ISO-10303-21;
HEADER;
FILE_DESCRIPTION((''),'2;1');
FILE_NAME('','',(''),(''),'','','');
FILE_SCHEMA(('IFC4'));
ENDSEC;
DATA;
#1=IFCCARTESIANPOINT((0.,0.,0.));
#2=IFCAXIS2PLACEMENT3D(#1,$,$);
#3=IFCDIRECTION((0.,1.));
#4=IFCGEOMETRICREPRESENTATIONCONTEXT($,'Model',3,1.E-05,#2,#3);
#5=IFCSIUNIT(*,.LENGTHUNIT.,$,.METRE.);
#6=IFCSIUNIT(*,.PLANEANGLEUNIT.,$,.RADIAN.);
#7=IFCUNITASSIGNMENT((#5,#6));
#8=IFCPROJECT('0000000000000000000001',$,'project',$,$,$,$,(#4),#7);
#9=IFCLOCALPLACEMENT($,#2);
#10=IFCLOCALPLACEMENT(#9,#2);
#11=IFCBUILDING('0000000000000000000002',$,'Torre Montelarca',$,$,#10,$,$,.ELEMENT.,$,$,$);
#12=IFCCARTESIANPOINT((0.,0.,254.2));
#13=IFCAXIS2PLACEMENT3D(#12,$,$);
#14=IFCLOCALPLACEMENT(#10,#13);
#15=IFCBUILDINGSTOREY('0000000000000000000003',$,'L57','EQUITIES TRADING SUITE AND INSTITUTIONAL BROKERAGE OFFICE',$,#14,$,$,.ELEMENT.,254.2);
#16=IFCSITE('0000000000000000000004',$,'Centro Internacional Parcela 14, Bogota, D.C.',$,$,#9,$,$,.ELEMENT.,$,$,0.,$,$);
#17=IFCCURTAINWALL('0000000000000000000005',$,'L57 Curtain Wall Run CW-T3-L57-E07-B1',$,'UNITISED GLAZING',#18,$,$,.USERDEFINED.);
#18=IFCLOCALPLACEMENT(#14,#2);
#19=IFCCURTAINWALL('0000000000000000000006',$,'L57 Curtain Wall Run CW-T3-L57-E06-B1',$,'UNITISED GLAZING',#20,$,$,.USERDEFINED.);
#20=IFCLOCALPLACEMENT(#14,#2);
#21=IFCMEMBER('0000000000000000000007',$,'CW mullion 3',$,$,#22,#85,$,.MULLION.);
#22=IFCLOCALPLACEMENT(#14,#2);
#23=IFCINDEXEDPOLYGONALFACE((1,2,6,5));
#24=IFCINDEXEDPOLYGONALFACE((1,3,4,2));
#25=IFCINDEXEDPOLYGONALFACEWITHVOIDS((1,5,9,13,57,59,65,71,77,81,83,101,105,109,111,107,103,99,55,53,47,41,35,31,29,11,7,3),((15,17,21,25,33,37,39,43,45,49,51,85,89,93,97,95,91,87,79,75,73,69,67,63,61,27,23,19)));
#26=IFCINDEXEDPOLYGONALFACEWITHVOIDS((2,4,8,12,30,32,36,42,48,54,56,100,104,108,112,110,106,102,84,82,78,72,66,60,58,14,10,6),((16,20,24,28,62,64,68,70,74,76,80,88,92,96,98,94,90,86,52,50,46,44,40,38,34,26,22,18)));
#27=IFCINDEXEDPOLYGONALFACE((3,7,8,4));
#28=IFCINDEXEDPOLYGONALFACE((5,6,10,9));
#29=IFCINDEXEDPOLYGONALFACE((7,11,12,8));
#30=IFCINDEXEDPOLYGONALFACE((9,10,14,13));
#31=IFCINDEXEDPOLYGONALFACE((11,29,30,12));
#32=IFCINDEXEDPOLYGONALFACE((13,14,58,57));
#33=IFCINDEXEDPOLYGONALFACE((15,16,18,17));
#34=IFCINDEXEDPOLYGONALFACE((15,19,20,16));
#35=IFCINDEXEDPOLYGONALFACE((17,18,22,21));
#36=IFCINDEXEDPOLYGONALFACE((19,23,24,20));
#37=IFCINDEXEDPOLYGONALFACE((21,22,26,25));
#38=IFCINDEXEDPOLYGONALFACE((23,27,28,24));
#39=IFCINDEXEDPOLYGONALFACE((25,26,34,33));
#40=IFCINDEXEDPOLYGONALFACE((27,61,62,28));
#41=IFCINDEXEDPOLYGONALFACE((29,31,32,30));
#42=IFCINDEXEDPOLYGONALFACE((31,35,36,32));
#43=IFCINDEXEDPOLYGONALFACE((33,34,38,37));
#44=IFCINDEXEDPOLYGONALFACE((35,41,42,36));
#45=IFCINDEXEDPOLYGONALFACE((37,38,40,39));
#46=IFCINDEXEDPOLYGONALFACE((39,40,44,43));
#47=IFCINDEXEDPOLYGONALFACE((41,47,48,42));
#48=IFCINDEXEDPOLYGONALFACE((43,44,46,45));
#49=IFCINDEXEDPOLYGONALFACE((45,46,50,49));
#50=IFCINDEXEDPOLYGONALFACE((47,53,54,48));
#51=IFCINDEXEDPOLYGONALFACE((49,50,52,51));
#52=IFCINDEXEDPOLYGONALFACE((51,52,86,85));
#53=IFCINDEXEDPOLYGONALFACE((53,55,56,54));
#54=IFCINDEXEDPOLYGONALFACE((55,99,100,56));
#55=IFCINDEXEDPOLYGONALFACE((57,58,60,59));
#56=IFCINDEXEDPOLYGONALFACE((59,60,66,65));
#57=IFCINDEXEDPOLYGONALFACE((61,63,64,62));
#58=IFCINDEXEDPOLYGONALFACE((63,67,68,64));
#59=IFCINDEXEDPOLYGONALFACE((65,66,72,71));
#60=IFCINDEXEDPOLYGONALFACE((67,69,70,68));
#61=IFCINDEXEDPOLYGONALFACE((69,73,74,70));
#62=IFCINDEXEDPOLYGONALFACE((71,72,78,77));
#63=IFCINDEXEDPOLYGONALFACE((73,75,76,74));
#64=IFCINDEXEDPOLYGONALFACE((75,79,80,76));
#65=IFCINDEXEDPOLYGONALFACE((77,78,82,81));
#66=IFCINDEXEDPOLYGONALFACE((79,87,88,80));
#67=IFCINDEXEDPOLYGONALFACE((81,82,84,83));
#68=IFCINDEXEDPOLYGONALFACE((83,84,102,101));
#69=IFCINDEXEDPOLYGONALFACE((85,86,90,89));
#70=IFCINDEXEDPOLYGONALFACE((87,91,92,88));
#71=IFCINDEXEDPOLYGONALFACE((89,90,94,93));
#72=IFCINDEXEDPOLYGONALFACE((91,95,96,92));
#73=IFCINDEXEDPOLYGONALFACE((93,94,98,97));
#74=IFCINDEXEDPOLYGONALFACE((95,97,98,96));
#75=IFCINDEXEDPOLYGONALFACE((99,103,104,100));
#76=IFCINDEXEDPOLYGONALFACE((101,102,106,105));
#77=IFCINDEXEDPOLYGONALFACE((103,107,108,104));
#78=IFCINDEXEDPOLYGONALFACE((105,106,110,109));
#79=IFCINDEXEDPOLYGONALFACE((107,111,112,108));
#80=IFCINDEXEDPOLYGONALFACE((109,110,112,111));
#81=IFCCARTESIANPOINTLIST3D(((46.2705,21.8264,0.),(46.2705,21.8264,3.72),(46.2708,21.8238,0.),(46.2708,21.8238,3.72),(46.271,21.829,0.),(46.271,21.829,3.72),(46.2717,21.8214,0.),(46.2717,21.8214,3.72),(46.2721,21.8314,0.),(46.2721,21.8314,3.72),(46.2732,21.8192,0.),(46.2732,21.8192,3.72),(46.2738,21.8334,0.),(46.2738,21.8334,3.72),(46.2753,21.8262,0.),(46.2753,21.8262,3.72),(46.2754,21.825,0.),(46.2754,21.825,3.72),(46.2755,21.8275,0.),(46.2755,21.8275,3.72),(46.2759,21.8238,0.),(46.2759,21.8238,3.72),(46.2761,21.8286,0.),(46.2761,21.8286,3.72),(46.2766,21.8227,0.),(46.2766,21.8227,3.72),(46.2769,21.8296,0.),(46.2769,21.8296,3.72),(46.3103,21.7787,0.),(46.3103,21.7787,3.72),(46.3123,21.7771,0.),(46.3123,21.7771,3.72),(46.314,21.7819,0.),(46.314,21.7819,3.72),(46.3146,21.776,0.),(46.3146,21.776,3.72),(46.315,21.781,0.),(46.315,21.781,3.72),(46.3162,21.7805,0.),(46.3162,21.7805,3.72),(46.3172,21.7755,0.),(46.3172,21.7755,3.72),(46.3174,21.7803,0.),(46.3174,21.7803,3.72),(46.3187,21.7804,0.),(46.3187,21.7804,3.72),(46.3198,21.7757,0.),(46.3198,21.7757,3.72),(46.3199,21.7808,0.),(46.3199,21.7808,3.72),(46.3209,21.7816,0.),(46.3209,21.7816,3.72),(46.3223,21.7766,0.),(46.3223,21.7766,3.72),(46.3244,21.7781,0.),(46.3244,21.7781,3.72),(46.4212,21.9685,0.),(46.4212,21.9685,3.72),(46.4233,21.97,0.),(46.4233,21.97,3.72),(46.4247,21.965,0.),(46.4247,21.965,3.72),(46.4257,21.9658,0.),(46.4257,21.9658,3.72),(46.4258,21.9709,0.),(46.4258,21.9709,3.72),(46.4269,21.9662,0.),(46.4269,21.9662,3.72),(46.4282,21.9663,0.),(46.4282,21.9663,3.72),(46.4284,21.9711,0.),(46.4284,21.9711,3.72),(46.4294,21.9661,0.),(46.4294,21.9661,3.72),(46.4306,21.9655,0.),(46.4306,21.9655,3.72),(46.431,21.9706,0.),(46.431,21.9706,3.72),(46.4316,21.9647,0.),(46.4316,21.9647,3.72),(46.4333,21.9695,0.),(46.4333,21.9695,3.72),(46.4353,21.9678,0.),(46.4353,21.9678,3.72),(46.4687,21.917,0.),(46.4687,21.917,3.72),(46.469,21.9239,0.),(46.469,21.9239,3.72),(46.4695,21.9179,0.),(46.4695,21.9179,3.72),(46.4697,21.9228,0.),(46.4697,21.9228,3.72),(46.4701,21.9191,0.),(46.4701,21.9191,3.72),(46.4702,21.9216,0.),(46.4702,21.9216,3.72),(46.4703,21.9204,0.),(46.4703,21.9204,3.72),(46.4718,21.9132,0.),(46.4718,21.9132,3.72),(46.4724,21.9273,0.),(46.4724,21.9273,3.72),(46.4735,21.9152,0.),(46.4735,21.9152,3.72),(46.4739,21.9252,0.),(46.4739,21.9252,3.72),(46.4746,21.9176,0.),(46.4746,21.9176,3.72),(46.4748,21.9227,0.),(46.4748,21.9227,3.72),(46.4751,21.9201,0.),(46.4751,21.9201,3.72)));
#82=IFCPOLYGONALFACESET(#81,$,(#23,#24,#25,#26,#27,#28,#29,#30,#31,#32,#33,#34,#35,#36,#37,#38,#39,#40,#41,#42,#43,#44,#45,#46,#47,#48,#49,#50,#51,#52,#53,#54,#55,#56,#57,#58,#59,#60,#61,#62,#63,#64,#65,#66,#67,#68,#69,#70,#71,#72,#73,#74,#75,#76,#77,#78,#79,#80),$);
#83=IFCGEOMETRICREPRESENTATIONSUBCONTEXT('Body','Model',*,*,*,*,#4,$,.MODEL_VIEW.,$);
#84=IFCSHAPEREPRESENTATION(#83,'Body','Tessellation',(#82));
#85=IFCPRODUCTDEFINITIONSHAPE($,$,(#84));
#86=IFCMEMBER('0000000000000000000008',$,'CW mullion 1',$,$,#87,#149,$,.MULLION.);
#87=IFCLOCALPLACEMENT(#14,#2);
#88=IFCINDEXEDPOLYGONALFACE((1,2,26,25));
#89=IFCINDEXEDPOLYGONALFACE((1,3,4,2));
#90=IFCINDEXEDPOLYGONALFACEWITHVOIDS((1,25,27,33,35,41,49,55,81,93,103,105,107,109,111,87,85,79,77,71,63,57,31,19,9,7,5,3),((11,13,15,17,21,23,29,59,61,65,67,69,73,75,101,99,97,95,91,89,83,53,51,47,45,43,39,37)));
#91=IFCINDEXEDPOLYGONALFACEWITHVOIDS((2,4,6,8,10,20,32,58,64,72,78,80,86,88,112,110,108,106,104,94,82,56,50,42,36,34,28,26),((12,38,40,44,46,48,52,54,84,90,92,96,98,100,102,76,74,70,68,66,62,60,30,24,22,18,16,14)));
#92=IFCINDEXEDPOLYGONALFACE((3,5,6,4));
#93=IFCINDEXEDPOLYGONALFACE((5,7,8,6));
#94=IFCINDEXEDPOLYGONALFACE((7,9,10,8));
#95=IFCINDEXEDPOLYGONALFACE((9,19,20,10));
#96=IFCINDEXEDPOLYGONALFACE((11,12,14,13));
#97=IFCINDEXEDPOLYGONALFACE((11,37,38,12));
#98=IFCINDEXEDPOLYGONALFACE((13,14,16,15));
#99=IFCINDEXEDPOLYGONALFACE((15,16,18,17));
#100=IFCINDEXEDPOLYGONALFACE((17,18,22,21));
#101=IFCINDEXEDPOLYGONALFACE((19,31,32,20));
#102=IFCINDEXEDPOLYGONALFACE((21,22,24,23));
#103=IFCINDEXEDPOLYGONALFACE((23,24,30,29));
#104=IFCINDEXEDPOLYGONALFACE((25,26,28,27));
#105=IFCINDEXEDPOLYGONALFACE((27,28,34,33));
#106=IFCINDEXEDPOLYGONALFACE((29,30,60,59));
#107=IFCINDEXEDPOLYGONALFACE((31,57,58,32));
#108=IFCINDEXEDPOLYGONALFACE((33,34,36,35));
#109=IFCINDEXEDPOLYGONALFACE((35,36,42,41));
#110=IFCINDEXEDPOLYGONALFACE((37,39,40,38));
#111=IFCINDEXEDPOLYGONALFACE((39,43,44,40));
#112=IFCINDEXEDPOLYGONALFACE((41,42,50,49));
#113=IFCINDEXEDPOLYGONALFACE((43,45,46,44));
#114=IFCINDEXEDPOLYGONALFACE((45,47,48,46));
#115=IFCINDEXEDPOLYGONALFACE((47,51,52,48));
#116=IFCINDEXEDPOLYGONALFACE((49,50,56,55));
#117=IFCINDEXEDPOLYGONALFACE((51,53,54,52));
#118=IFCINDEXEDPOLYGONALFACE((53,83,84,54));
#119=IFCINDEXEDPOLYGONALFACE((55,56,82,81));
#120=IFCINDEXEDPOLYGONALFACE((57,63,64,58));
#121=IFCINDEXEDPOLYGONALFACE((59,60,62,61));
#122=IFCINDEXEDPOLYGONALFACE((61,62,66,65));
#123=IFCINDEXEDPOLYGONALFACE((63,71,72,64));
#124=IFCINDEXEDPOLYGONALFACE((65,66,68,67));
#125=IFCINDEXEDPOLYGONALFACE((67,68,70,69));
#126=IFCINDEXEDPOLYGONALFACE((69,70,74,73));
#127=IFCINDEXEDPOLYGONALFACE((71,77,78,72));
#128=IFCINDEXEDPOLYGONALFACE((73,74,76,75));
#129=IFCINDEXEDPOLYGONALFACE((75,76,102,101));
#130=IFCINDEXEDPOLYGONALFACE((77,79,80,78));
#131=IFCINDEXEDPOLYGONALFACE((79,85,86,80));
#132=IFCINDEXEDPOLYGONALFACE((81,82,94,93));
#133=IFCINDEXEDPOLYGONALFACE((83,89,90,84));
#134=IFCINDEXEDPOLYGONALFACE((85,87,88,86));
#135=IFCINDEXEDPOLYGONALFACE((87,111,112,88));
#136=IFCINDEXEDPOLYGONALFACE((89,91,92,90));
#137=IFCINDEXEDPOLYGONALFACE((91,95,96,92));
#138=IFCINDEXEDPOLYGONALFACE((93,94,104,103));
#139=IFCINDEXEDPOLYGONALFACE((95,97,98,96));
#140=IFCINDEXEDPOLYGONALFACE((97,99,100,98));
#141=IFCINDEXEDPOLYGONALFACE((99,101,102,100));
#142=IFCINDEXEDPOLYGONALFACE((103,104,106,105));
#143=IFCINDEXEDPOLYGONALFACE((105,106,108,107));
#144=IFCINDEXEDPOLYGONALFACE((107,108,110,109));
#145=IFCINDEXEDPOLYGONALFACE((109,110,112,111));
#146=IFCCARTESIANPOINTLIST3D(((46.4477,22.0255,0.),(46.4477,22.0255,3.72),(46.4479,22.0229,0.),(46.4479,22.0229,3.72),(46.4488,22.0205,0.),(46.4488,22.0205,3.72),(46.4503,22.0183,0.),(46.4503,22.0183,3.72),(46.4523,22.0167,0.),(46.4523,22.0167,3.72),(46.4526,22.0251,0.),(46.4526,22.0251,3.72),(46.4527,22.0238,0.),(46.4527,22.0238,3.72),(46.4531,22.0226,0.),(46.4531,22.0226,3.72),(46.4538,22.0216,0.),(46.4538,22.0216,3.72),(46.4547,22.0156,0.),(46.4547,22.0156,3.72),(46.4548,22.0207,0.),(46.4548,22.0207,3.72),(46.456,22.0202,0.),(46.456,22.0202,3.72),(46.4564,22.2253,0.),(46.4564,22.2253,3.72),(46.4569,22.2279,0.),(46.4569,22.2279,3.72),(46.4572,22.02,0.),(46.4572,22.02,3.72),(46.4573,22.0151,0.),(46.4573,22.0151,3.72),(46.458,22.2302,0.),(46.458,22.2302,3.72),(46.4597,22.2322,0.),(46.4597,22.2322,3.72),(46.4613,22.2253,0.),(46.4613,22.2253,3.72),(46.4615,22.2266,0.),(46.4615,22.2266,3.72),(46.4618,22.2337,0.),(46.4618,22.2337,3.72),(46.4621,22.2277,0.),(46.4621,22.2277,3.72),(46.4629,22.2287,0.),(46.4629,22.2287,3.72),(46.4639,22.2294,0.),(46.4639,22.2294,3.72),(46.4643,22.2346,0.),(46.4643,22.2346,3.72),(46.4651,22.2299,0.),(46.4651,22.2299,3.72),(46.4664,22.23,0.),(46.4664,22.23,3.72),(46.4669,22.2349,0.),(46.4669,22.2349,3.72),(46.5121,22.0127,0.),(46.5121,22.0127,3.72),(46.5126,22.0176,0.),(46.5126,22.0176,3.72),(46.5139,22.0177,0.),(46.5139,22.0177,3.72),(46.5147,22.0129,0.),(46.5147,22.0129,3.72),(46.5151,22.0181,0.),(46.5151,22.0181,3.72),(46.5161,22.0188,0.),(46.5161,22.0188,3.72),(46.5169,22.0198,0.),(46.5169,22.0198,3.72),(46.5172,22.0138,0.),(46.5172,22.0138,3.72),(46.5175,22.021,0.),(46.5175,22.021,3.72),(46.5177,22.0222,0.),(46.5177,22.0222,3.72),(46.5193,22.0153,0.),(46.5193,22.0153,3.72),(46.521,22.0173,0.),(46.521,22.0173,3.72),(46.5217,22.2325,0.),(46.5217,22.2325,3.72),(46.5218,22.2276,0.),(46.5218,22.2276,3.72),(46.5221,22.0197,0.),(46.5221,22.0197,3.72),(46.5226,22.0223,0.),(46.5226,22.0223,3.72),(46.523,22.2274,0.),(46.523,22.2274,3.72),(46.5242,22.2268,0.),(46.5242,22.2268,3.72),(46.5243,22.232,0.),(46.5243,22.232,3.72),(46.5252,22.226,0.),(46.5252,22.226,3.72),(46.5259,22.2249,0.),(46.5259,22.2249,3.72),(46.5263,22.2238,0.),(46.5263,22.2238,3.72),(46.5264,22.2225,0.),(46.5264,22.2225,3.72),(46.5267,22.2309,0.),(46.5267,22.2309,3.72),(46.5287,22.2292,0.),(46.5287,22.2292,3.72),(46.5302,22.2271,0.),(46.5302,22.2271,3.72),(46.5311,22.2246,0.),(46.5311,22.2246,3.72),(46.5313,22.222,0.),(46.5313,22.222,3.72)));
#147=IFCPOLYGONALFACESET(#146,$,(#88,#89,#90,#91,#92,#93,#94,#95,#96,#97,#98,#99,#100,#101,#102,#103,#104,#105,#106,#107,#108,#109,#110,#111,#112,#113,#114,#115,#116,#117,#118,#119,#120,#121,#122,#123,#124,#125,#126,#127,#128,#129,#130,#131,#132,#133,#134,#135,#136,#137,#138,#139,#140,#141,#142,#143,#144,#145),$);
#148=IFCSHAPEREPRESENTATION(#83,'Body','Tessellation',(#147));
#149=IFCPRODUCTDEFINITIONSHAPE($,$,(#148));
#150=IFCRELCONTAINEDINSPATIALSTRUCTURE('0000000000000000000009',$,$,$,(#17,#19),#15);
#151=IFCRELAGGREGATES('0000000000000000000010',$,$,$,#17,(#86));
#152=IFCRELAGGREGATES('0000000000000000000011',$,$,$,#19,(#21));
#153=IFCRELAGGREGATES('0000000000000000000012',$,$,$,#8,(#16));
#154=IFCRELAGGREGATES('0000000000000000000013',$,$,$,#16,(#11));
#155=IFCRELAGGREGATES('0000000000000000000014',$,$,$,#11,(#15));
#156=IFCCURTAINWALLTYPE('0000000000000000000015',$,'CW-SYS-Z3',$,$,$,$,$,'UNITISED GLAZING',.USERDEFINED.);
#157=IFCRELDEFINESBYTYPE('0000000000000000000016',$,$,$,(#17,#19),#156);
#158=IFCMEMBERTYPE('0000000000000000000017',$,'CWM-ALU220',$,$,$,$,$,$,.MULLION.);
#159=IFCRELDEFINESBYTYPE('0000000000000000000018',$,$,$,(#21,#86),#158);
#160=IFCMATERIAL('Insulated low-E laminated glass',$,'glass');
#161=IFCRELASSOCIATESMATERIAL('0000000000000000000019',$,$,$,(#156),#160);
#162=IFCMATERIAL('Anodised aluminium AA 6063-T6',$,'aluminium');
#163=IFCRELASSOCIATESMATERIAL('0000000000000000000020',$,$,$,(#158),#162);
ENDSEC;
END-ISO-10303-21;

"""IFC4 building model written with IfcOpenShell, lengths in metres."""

from ifc_helpers import new_model, si_unit, direction, frame, origin, origin_2d, place, context, subcontext, project, spatial, hollow_rectangle, extrude, source, transform, mapped, material, material_profile, profile_set, type_object, element, aggregate, save


model = new_model("IFC4")

# Units and contexts
model_context = context("Model", 3, precision=1e-05, world=origin(), true_north=direction((0.0, 1.0)))
body_context = subcontext(model_context, "Body", "Model", "MODEL_VIEW")
ifc_project = project(units=[si_unit("LENGTHUNIT", "METRE"), si_unit("PLANEANGLEUNIT", "RADIAN")], contexts=[model_context])

# Site, building, storey
site_placement = place(None, origin())
site = spatial("IfcSite", under=ifc_project, at=site_placement, Name="Centro Internacional Parcela 14, Bogota, D.C.", CompositionType="ELEMENT", RefElevation=0.0)
building_placement = place(site_placement, origin())
building = spatial("IfcBuilding", under=site, at=building_placement, Name="Torre Montelarca", CompositionType="ELEMENT")
storey_placement = place(building_placement, frame((0.0, 0.0, 254.2)))
storey = spatial("IfcBuildingStorey", under=building, at=storey_placement, Name="L57", Description="EQUITIES TRADING SUITE AND INSTITUTIONAL BROKERAGE OFFICE", CompositionType="ELEMENT", Elevation=254.2)

# Curtain walls, member
ifc_material_1 = material(Name="Insulated low-E laminated glass", Category="glass")
curtain_wall_type = type_object("IfcCurtainWallType", Name="CW-SYS-Z3", ElementType="UNITISED GLAZING", PredefinedType="USERDEFINED", material=ifc_material_1)
curtain_wall_1_placement = place(storey_placement, origin())
curtain_wall_1 = element("IfcCurtainWall", 1, at=curtain_wall_1_placement, inside=storey, type_object=curtain_wall_type, Name="L57 Curtain Wall Run CW-T3-L57-E07-B1", ObjectType="UNITISED GLAZING", PredefinedType="USERDEFINED")
ifc_material_2 = material(Name="Anodised aluminium AA 6063-T6", Category="aluminium")
curtain_wall_2_placement = place(storey_placement, origin())
curtain_wall_2 = element("IfcCurtainWall", 2, at=curtain_wall_2_placement, inside=storey, type_object=curtain_wall_type, Name="L57 Curtain Wall Run CW-T3-L57-E06-B1", ObjectType="UNITISED GLAZING", PredefinedType="USERDEFINED")
ifc_material_profile_1 = material_profile(ifc_material_2, hollow_rectangle(XDim=0.075, YDim=0.22, WallThickness=0.0049, InnerFilletRadius=0.0049, OuterFilletRadius=0.01, at=origin_2d()), Name="ALU75X220X5", Category="aluminium")
ifc_profile_set_1 = profile_set([ifc_material_profile_1], Name="Anodised aluminium AA 6063-T6")
member_type_1 = type_object("IfcMemberType", Name="CWM-ALU220", PredefinedType="MULLION", material=ifc_profile_set_1)
shared_shape_1 = source(origin(), body_context, "Body", "SweptSolid", [
    extrude(hollow_rectangle(XDim=0.075, YDim=0.22, WallThickness=0.0049, InnerFilletRadius=0.0049, OuterFilletRadius=0.01, at=origin_2d()), origin(), (0.0, 0.0, 1.0), 3.72),
])
member_1_placement = place(storey_placement, frame((46.3728, 21.8733, 0.0), z_axis=(0.0, 0.0, 1.0), x_axis=(-0.675587, 0.73728, 0.0)))
member_1 = element("IfcMember", 3, at=member_1_placement, type_object=member_type_1, Name="CW mullion 3", PredefinedType="MULLION", context=body_context, shape_type="MappedRepresentation", body=[
    mapped(shared_shape_1, transform((0.0, 0.0, 0.0), scale=1.0)),
])

# Member
member_2_placement = place(storey_placement, frame((46.4895, 22.1238, 0.0), z_axis=(0.0, 0.0, 1.0), x_axis=(-0.999048, 0.043616, 0.0)))
member_2 = element("IfcMember", 4, at=member_2_placement, type_object=member_type_1, Name="CW mullion 1", PredefinedType="MULLION", context=body_context, shape_type="MappedRepresentation", body=[
    mapped(shared_shape_1, transform((0.0, 0.0, 0.0), scale=1.0)),
])

aggregate(curtain_wall_1, [member_2])
aggregate(curtain_wall_2, [member_1])

save(model, "model.ifc")
